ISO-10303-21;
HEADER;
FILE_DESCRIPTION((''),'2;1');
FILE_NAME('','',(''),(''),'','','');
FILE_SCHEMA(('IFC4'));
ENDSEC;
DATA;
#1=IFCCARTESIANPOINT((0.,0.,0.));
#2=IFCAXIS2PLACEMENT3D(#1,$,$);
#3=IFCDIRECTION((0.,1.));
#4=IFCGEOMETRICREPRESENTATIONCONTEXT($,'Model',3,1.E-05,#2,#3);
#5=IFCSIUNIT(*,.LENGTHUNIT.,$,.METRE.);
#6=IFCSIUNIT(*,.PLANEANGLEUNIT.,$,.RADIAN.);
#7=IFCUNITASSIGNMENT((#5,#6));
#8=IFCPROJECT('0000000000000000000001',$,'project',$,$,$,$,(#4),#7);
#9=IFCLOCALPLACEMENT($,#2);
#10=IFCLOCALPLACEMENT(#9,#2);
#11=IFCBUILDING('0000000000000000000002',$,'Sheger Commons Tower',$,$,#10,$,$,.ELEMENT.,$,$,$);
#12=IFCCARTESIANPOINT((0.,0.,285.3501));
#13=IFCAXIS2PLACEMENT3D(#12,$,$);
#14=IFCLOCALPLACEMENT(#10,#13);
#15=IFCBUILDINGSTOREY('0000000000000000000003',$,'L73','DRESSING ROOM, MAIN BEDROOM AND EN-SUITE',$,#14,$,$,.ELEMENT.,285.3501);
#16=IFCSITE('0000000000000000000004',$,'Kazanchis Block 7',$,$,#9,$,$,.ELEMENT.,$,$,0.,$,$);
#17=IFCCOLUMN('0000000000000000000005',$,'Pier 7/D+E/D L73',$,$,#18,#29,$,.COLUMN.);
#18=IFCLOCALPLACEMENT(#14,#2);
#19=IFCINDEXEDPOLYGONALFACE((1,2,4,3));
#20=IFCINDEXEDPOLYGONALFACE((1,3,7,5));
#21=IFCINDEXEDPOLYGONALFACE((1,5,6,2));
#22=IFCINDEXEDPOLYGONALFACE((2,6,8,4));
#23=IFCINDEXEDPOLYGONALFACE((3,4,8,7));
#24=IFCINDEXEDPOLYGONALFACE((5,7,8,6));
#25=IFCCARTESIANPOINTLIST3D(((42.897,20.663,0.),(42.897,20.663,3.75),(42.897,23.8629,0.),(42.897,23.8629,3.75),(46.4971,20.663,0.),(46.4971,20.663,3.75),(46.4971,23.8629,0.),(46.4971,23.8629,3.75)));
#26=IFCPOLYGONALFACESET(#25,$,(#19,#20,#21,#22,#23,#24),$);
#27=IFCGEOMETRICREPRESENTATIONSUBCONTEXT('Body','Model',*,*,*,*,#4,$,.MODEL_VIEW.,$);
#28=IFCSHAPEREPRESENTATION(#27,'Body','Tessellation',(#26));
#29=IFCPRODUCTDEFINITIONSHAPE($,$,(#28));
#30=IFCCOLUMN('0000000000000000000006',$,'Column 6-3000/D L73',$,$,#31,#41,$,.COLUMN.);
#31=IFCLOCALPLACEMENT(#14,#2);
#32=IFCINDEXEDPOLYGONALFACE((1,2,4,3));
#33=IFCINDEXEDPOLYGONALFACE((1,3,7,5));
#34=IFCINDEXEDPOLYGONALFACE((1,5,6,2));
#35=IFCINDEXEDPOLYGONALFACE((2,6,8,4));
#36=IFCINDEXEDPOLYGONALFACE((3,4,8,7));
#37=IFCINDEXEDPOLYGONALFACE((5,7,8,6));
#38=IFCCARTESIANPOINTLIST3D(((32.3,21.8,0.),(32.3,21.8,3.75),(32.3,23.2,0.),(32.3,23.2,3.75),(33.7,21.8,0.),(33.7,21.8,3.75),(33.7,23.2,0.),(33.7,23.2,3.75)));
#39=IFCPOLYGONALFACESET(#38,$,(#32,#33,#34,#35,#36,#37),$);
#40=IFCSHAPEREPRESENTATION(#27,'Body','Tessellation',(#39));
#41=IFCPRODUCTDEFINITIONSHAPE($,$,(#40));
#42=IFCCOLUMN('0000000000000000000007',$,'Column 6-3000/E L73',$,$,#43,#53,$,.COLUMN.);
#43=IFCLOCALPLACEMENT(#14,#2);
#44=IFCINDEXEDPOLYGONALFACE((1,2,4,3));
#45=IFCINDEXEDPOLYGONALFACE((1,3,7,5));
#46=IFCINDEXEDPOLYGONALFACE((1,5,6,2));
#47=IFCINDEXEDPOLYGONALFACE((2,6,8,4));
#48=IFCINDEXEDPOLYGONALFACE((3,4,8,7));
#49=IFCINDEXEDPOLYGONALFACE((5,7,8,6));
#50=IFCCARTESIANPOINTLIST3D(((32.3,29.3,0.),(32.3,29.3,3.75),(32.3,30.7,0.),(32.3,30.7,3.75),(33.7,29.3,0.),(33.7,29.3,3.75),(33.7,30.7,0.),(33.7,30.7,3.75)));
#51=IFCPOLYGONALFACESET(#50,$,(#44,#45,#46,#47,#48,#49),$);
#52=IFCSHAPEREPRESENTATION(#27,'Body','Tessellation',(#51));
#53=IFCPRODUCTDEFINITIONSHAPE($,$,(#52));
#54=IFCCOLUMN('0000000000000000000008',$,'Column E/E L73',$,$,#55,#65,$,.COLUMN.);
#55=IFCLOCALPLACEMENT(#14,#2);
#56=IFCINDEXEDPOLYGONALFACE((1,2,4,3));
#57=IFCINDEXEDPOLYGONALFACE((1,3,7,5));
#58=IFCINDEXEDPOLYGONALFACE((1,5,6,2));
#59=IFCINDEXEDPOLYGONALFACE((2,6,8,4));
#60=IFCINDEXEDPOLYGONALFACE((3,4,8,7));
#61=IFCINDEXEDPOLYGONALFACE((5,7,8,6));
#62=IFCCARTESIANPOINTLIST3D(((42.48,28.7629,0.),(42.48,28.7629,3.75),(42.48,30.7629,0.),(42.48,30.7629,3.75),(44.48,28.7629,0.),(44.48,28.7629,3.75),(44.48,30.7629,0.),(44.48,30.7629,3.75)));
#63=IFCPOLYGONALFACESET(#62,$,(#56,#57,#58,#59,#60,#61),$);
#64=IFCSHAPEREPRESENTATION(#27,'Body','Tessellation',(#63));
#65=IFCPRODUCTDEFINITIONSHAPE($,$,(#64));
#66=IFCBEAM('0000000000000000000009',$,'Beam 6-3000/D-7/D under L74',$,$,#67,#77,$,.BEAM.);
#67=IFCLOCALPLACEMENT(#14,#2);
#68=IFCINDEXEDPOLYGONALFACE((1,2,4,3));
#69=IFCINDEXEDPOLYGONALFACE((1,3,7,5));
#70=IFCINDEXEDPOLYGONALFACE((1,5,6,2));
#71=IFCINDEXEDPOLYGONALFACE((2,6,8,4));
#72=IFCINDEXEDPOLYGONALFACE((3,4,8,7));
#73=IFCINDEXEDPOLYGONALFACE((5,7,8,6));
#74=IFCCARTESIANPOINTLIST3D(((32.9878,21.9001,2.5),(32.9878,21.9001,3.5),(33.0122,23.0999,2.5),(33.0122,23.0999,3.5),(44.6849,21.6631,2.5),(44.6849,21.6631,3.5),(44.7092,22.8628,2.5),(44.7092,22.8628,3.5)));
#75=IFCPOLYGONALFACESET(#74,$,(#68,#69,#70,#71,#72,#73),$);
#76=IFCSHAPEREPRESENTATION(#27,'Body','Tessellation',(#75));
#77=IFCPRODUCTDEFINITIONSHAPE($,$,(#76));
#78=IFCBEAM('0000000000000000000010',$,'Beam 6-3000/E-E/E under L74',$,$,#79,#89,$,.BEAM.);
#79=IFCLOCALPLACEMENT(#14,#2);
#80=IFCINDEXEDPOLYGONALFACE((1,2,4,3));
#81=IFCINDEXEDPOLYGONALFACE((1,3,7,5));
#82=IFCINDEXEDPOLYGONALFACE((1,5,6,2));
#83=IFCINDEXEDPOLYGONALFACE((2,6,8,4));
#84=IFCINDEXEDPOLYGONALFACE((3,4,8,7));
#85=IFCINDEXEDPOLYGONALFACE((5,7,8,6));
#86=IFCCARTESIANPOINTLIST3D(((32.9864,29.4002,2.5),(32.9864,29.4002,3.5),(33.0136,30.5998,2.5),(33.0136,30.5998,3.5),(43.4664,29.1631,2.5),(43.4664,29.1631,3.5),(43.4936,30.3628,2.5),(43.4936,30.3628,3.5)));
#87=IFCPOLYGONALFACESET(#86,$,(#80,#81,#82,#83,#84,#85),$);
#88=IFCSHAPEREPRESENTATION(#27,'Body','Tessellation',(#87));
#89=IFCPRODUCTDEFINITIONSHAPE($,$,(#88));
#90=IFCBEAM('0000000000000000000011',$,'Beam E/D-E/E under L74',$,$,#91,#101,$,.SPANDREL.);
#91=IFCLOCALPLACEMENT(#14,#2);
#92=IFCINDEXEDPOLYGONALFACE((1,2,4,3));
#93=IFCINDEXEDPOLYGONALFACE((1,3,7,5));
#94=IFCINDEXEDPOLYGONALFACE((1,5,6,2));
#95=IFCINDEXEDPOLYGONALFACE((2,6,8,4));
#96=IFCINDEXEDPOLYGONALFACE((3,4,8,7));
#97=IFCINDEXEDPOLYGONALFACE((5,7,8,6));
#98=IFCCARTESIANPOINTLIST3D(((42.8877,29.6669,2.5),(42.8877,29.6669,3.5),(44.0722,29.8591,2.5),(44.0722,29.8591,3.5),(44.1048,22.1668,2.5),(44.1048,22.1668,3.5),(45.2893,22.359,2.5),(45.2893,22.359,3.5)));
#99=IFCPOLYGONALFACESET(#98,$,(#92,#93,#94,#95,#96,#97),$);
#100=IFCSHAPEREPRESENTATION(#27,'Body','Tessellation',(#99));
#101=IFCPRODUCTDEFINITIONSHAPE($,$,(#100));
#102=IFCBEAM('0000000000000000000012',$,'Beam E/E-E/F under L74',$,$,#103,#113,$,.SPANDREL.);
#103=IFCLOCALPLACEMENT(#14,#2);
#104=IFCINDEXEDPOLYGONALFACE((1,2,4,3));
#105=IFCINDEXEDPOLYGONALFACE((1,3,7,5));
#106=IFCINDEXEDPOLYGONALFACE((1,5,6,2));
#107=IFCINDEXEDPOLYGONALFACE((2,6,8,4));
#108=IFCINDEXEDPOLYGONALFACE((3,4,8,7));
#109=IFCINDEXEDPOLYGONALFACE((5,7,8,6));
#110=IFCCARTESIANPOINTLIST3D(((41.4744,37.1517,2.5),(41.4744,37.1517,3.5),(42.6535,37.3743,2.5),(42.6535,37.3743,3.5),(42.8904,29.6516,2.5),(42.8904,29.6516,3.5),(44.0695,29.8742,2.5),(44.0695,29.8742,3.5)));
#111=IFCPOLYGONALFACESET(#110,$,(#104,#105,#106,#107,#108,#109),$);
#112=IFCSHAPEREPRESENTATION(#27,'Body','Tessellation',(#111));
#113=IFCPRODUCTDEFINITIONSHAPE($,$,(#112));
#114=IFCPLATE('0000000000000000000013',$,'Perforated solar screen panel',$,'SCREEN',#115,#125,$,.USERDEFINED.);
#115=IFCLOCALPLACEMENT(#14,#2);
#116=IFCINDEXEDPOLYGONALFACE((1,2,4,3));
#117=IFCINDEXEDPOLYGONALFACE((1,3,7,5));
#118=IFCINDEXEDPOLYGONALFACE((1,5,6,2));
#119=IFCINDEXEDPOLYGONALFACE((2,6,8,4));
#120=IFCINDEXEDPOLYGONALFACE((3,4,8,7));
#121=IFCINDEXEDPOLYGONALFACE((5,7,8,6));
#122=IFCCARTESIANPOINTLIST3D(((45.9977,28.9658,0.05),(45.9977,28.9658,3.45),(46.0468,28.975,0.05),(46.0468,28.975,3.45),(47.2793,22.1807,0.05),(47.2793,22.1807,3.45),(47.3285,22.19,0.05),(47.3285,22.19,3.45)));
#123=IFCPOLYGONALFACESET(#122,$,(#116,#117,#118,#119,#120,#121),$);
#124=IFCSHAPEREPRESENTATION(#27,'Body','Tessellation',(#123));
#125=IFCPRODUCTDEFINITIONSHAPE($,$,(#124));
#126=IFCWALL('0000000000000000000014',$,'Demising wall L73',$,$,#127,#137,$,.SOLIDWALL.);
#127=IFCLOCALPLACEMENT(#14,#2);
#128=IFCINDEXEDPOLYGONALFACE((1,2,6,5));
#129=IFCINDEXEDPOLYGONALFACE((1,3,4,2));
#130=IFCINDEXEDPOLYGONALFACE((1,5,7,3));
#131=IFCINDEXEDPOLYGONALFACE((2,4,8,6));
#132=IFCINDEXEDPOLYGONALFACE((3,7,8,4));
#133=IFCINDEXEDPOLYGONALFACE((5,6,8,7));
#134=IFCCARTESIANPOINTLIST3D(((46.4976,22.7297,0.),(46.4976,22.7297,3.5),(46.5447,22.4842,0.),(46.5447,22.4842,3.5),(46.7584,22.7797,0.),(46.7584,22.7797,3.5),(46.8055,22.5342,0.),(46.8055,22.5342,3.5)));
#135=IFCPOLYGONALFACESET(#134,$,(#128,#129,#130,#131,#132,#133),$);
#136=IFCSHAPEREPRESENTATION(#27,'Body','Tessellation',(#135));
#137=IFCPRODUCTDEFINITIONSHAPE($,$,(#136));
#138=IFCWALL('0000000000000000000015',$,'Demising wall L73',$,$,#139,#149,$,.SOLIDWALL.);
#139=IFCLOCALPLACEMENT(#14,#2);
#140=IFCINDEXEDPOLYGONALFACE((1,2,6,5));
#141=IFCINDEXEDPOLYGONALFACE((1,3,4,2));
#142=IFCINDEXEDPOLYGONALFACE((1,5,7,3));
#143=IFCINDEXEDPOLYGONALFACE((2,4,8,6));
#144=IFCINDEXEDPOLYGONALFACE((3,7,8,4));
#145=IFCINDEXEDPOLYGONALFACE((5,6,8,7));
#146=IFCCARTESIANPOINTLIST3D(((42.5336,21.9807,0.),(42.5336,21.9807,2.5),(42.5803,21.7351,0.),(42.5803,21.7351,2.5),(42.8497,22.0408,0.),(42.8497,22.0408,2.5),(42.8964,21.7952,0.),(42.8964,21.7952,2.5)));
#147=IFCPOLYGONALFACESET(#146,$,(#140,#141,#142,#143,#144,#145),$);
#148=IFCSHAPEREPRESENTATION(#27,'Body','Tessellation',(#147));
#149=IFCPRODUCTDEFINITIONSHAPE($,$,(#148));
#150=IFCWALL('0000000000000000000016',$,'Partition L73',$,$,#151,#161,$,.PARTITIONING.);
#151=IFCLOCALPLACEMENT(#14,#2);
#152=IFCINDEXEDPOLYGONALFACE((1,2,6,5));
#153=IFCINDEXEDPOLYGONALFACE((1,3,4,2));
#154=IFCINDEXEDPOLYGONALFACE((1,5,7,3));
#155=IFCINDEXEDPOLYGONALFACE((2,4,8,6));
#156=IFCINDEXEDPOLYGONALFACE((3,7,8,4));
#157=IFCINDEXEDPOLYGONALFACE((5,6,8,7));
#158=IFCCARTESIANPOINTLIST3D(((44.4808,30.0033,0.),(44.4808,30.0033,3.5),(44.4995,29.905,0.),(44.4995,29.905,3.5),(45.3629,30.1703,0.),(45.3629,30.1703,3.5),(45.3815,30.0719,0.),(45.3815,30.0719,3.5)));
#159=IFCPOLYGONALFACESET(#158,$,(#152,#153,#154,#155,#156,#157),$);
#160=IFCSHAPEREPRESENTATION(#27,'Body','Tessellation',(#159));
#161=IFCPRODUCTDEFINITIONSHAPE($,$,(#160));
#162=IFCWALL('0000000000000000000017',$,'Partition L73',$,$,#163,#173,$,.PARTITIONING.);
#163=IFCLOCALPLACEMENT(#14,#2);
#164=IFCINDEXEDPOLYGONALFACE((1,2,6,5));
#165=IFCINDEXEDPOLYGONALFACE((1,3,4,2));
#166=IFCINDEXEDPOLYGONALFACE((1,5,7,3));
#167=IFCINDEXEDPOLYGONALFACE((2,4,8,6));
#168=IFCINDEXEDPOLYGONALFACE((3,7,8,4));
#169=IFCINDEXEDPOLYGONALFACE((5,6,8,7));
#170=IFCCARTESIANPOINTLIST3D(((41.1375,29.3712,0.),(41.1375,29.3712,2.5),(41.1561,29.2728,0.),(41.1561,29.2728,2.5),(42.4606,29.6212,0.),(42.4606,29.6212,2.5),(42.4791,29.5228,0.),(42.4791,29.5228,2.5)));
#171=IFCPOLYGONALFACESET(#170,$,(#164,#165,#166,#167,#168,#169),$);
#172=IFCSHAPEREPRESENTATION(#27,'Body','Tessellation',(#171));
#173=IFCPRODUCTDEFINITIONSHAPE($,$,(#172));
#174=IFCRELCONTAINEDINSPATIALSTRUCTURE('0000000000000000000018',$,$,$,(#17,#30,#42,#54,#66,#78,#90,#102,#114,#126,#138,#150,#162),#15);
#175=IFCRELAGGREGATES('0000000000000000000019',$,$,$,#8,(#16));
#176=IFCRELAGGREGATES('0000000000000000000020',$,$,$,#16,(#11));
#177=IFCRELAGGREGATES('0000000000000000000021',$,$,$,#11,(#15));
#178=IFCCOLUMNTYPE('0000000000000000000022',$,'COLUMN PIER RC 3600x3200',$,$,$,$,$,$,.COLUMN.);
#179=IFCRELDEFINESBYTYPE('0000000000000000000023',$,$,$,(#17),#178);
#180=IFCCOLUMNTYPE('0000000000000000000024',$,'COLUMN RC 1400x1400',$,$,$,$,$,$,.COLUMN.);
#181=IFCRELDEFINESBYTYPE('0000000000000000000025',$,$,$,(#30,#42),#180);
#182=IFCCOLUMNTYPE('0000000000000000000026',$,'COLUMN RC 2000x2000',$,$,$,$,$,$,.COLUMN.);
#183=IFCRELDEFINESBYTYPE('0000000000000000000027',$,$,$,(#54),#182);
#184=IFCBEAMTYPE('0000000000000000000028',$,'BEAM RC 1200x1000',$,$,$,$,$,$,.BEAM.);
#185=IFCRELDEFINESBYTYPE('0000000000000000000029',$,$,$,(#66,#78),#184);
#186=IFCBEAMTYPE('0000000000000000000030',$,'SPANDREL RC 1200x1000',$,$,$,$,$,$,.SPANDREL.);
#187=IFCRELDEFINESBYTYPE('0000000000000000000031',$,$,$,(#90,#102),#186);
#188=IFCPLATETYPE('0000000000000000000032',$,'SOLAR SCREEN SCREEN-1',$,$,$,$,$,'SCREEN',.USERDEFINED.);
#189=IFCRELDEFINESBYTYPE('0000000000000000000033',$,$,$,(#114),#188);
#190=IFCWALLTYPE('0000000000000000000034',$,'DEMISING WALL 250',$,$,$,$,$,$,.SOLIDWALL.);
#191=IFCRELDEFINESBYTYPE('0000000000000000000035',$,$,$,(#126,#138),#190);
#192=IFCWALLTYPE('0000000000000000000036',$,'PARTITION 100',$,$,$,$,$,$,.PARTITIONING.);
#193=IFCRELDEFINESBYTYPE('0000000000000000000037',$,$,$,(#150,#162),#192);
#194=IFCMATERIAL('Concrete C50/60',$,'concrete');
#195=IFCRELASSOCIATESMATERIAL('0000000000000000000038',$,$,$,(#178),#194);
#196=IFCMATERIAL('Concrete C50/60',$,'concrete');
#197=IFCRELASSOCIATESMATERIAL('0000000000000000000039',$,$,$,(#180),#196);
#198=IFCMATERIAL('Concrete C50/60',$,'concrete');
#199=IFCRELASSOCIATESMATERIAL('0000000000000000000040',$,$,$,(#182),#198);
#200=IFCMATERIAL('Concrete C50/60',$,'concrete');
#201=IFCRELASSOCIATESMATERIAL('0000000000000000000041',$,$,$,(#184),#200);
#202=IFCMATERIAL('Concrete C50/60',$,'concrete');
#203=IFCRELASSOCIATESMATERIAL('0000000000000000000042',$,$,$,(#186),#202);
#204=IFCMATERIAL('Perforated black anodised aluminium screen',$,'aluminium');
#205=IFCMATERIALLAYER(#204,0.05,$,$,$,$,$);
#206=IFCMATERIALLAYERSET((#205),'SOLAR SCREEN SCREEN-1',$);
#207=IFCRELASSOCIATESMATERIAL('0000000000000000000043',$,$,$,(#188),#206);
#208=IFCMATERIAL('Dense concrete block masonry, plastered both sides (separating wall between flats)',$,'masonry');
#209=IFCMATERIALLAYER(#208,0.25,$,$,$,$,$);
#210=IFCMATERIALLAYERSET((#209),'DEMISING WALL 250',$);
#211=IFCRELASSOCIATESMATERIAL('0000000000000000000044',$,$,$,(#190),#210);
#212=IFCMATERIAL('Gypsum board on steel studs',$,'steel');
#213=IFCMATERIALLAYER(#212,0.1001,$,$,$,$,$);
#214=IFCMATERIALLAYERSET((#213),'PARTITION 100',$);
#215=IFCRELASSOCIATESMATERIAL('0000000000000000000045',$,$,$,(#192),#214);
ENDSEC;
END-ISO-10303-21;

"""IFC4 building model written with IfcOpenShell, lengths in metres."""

from ifc_helpers import new_model, si_unit, direction, frame, frame_2d, origin, origin_2d, place, context, subcontext, project, spatial, rectangle, extrude, material, layer, layer_set, material_profile, profile_set, type_object, element, save


model = new_model("IFC4")

# Units and contexts
model_context = context("Model", 3, precision=1e-05, world=origin(), true_north=direction((0.0, 1.0)))
body_context = subcontext(model_context, "Body", "Model", "MODEL_VIEW")
ifc_project = project(units=[si_unit("LENGTHUNIT", "METRE"), si_unit("PLANEANGLEUNIT", "RADIAN")], contexts=[model_context])

# Site, building, storey
site_placement = place(None, origin())
site = spatial("IfcSite", under=ifc_project, at=site_placement, Name="Kazanchis Block 7", CompositionType="ELEMENT", RefElevation=0.0)
building_placement = place(site_placement, origin())
building = spatial("IfcBuilding", under=site, at=building_placement, Name="Sheger Commons Tower", CompositionType="ELEMENT")
storey_placement = place(building_placement, frame((0.0, 0.0, 285.3501)))
storey = spatial("IfcBuildingStorey", under=building, at=storey_placement, Name="L73", Description="DRESSING ROOM, MAIN BEDROOM AND EN-SUITE", CompositionType="ELEMENT", Elevation=285.3501)

# Columns
ifc_material_1 = material(Name="Concrete C50/60", Category="concrete")
ifc_material_profile_1 = material_profile(ifc_material_1, rectangle(XDim=3.6001, YDim=3.2, at=origin_2d()), Name="RC 3600x3200")
ifc_profile_set_1 = profile_set([ifc_material_profile_1], Name="Concrete C50/60")
column_type_1 = type_object("IfcColumnType", Name="COLUMN PIER RC 3600x3200", PredefinedType="COLUMN", material=ifc_profile_set_1)
column_1_placement = place(storey_placement, frame((44.697, 22.2629, 0.0), z_axis=(0.0, 0.0, 1.0), x_axis=(1.0, 0.0, 0.0)))
element("IfcColumn", 1, at=column_1_placement, inside=storey, type_object=column_type_1, Name="Pier 7/D+E/D L73", PredefinedType="COLUMN", context=body_context, shape_type="SweptSolid", body=[
    extrude(rectangle(XDim=3.6001, YDim=3.2, at=origin_2d()), origin(), (0.0, 0.0, 1.0), 3.75),
])
ifc_material_2 = material(Name="Concrete C50/60", Category="concrete")
ifc_material_profile_2 = material_profile(ifc_material_2, rectangle(XDim=1.3999, YDim=1.3999, at=origin_2d()), Name="RC 1400x1400")
ifc_profile_set_2 = profile_set([ifc_material_profile_2], Name="Concrete C50/60")
column_type_2 = type_object("IfcColumnType", Name="COLUMN RC 1400x1400", PredefinedType="COLUMN", material=ifc_profile_set_2)
for number, where, z_axis, x_axis, name in (
    (2, (33.0, 22.5, 0.0), (0.0, 0.0, 1.0), (1.0, 0.0, 0.0), "Column 6-3000/D L73"),
    (3, (33.0, 30.0, 0.0), (0.0, 0.0, 1.0), (1.0, 0.0, 0.0), "Column 6-3000/E L73"),
):
    element("IfcColumn", number, at=place(storey_placement, frame(where, z_axis=z_axis, x_axis=x_axis)), inside=storey, type_object=column_type_2, Name=name, PredefinedType="COLUMN", context=body_context, shape_type="SweptSolid", body=[
        extrude(rectangle(XDim=1.3999, YDim=1.3999, at=origin_2d()), origin(), (0.0, 0.0, 1.0), 3.75),
    ])
ifc_material_3 = material(Name="Concrete C50/60", Category="concrete")
ifc_material_profile_3 = material_profile(ifc_material_3, rectangle(XDim=2.0, YDim=2.0, at=origin_2d()), Name="RC 2000x2000")
ifc_profile_set_3 = profile_set([ifc_material_profile_3], Name="Concrete C50/60")
column_type_3 = type_object("IfcColumnType", Name="COLUMN RC 2000x2000", PredefinedType="COLUMN", material=ifc_profile_set_3)
column_2_placement = place(storey_placement, frame((43.48, 29.7629, 0.0), z_axis=(0.0, 0.0, 1.0), x_axis=(1.0, 0.0, 0.0)))
element("IfcColumn", 4, at=column_2_placement, inside=storey, type_object=column_type_3, Name="Column E/E L73", PredefinedType="COLUMN", context=body_context, shape_type="SweptSolid", body=[
    extrude(rectangle(XDim=2.0, YDim=2.0, at=origin_2d()), origin(), (0.0, 0.0, 1.0), 3.75),
])

# Beams
ifc_material_4 = material(Name="Concrete C50/60", Category="concrete")
ifc_material_profile_4 = material_profile(ifc_material_4, rectangle(XDim=1.2, YDim=1.0, at=origin_2d()), Name="RC 1200x1000")
ifc_profile_set_4 = profile_set([ifc_material_profile_4], Name="Concrete C50/60")
beam_type_1 = type_object("IfcBeamType", Name="BEAM RC 1200x1000", PredefinedType="BEAM", material=ifc_profile_set_4)
beam_1_placement = place(storey_placement, frame((33.0, 22.5, 3.0), z_axis=(0.999795, -0.020263, 0.0), x_axis=(0.020263, 0.999795, 0.0)))
element("IfcBeam", 5, at=beam_1_placement, inside=storey, type_object=beam_type_1, Name="Beam 6-3000/D-7/D under L74", PredefinedType="BEAM", context=body_context, shape_type="SweptSolid", body=[
    extrude(rectangle(XDim=1.2, YDim=1.0, at=origin_2d()), origin(), (0.0, 0.0, 1.0), 11.6995),
])
beam_2_placement = place(storey_placement, frame((33.0, 30.0, 3.0), z_axis=(0.999744, -0.022615, 0.0), x_axis=(0.022615, 0.999744, 0.0)))
element("IfcBeam", 6, at=beam_2_placement, inside=storey, type_object=beam_type_1, Name="Beam 6-3000/E-E/E under L74", PredefinedType="BEAM", context=body_context, shape_type="SweptSolid", body=[
    extrude(rectangle(XDim=1.2, YDim=1.0, at=origin_2d()), origin(), (0.0, 0.0, 1.0), 10.4827),
])
ifc_material_5 = material(Name="Concrete C50/60", Category="concrete")
ifc_material_profile_5 = material_profile(ifc_material_5, rectangle(XDim=1.2, YDim=1.0, at=origin_2d()), Name="RC 1200x1000")
ifc_profile_set_5 = profile_set([ifc_material_profile_5], Name="Concrete C50/60")
beam_type_2 = type_object("IfcBeamType", Name="SPANDREL RC 1200x1000", PredefinedType="SPANDREL", material=ifc_profile_set_5)
beam_3_placement = place(storey_placement, frame((44.697, 22.2629, 3.0), z_axis=(-0.160177, 0.987088, 0.0), x_axis=(-0.987088, -0.160177, 0.0)))
element("IfcBeam", 7, at=beam_3_placement, inside=storey, type_object=beam_type_2, Name="Beam E/D-E/E under L74", PredefinedType="SPANDREL", context=body_context, shape_type="SweptSolid", body=[
    extrude(rectangle(XDim=1.2, YDim=1.0, at=origin_2d()), origin(), (0.0, 0.0, 1.0), 7.5981),
])
beam_4_placement = place(storey_placement, frame((43.48, 29.7629, 3.0), z_axis=(-0.185524, 0.98264, 0.0), x_axis=(-0.98264, -0.185524, 0.0)))
element("IfcBeam", 8, at=beam_4_placement, inside=storey, type_object=beam_type_2, Name="Beam E/E-E/F under L74", PredefinedType="SPANDREL", context=body_context, shape_type="SweptSolid", body=[
    extrude(rectangle(XDim=1.2, YDim=1.0, at=origin_2d()), origin(), (0.0, 0.0, 1.0), 7.6326),
])

# Plate
ifc_material_6 = material(Name="Perforated black anodised aluminium screen", Category="aluminium")
ifc_layer_1 = layer(ifc_material_6, 0.05)
ifc_layer_set_1 = layer_set([ifc_layer_1], Name="SOLAR SCREEN SCREEN-1")
plate_type = type_object("IfcPlateType", Name="SOLAR SCREEN SCREEN-1", ElementType="SCREEN", PredefinedType="USERDEFINED", material=ifc_layer_set_1)
plate_placement = place(storey_placement, frame((46.6631, 25.5779, 0.05), z_axis=(0.0, 0.0, 1.0), x_axis=(-0.185615, 0.982623, 0.0)))
element("IfcPlate", 9, at=plate_placement, inside=storey, type_object=plate_type, Name="Perforated solar screen panel", ObjectType="SCREEN", PredefinedType="USERDEFINED", context=body_context, shape_type="SweptSolid", body=[
    extrude(rectangle(XDim=6.905, YDim=0.05, at=origin_2d()), origin(), (0.0, 0.0, 1.0), 3.3999),
])

# Walls
ifc_material_7 = material(Name="Dense concrete block masonry, plastered both sides (separating wall between flats)", Category="masonry")
ifc_layer_2 = layer(ifc_material_7, 0.25)
ifc_layer_set_2 = layer_set([ifc_layer_2], Name="DEMISING WALL 250")
wall_type_1 = type_object("IfcWallType", Name="DEMISING WALL 250", PredefinedType="SOLIDWALL", material=ifc_layer_set_2)
wall_1_placement = place(storey_placement, frame((46.782, 22.657, 0.0), z_axis=(0.0, 0.0, 1.0), x_axis=(-0.982105, -0.188336, 0.0)))
element("IfcWall", 10, at=wall_1_placement, inside=storey, type_object=wall_type_1, Name="Demising wall L73", PredefinedType="SOLIDWALL", context=body_context, shape_type="SweptSolid", body=[
    extrude(rectangle(XDim=0.2656, YDim=0.25, at=frame_2d((0.1328, 0.0))), origin(), (0.0, 0.0, 1.0), 3.5),
])
wall_2_placement = place(storey_placement, frame((42.873, 21.918, 0.0), z_axis=(0.0, 0.0, 1.0), x_axis=(-0.982431, -0.186624, 0.0)))
element("IfcWall", 11, at=wall_2_placement, inside=storey, type_object=wall_type_1, Name="Demising wall L73", PredefinedType="SOLIDWALL", context=body_context, shape_type="SweptSolid", body=[
    extrude(rectangle(XDim=0.3218, YDim=0.25, at=frame_2d((0.1609, 0.0))), origin(), (0.0, 0.0, 1.0), 2.5),
])
ifc_material_8 = material(Name="Gypsum board on steel studs", Category="steel")
ifc_layer_3 = layer(ifc_material_8, 0.1001)
ifc_layer_set_3 = layer_set([ifc_layer_3], Name="PARTITION 100")
wall_type_2 = type_object("IfcWallType", Name="PARTITION 100", PredefinedType="PARTITIONING", material=ifc_layer_set_3)
wall_3_placement = place(storey_placement, frame((45.3721, 30.1211, 0.0), z_axis=(0.0, 0.0, 1.0), x_axis=(-0.982547, -0.186012, 0.0)))
element("IfcWall", 12, at=wall_3_placement, inside=storey, type_object=wall_type_2, Name="Partition L73", PredefinedType="PARTITIONING", context=body_context, shape_type="SweptSolid", body=[
    extrude(rectangle(XDim=0.8977, YDim=0.1001, at=frame_2d((0.4487, 0.0))), origin(), (0.0, 0.0, 1.0), 3.5),
])
wall_4_placement = place(storey_placement, frame((42.47, 29.572, 0.0), z_axis=(0.0, 0.0, 1.0), x_axis=(-0.982611, -0.185679, 0.0)))
element("IfcWall", 13, at=wall_4_placement, inside=storey, type_object=wall_type_2, Name="Partition L73", PredefinedType="PARTITIONING", context=body_context, shape_type="SweptSolid", body=[
    extrude(rectangle(XDim=1.3464, YDim=0.1001, at=frame_2d((0.6733, 0.0))), origin(), (0.0, 0.0, 1.0), 2.5),
])

save(model, "model.ifc")
